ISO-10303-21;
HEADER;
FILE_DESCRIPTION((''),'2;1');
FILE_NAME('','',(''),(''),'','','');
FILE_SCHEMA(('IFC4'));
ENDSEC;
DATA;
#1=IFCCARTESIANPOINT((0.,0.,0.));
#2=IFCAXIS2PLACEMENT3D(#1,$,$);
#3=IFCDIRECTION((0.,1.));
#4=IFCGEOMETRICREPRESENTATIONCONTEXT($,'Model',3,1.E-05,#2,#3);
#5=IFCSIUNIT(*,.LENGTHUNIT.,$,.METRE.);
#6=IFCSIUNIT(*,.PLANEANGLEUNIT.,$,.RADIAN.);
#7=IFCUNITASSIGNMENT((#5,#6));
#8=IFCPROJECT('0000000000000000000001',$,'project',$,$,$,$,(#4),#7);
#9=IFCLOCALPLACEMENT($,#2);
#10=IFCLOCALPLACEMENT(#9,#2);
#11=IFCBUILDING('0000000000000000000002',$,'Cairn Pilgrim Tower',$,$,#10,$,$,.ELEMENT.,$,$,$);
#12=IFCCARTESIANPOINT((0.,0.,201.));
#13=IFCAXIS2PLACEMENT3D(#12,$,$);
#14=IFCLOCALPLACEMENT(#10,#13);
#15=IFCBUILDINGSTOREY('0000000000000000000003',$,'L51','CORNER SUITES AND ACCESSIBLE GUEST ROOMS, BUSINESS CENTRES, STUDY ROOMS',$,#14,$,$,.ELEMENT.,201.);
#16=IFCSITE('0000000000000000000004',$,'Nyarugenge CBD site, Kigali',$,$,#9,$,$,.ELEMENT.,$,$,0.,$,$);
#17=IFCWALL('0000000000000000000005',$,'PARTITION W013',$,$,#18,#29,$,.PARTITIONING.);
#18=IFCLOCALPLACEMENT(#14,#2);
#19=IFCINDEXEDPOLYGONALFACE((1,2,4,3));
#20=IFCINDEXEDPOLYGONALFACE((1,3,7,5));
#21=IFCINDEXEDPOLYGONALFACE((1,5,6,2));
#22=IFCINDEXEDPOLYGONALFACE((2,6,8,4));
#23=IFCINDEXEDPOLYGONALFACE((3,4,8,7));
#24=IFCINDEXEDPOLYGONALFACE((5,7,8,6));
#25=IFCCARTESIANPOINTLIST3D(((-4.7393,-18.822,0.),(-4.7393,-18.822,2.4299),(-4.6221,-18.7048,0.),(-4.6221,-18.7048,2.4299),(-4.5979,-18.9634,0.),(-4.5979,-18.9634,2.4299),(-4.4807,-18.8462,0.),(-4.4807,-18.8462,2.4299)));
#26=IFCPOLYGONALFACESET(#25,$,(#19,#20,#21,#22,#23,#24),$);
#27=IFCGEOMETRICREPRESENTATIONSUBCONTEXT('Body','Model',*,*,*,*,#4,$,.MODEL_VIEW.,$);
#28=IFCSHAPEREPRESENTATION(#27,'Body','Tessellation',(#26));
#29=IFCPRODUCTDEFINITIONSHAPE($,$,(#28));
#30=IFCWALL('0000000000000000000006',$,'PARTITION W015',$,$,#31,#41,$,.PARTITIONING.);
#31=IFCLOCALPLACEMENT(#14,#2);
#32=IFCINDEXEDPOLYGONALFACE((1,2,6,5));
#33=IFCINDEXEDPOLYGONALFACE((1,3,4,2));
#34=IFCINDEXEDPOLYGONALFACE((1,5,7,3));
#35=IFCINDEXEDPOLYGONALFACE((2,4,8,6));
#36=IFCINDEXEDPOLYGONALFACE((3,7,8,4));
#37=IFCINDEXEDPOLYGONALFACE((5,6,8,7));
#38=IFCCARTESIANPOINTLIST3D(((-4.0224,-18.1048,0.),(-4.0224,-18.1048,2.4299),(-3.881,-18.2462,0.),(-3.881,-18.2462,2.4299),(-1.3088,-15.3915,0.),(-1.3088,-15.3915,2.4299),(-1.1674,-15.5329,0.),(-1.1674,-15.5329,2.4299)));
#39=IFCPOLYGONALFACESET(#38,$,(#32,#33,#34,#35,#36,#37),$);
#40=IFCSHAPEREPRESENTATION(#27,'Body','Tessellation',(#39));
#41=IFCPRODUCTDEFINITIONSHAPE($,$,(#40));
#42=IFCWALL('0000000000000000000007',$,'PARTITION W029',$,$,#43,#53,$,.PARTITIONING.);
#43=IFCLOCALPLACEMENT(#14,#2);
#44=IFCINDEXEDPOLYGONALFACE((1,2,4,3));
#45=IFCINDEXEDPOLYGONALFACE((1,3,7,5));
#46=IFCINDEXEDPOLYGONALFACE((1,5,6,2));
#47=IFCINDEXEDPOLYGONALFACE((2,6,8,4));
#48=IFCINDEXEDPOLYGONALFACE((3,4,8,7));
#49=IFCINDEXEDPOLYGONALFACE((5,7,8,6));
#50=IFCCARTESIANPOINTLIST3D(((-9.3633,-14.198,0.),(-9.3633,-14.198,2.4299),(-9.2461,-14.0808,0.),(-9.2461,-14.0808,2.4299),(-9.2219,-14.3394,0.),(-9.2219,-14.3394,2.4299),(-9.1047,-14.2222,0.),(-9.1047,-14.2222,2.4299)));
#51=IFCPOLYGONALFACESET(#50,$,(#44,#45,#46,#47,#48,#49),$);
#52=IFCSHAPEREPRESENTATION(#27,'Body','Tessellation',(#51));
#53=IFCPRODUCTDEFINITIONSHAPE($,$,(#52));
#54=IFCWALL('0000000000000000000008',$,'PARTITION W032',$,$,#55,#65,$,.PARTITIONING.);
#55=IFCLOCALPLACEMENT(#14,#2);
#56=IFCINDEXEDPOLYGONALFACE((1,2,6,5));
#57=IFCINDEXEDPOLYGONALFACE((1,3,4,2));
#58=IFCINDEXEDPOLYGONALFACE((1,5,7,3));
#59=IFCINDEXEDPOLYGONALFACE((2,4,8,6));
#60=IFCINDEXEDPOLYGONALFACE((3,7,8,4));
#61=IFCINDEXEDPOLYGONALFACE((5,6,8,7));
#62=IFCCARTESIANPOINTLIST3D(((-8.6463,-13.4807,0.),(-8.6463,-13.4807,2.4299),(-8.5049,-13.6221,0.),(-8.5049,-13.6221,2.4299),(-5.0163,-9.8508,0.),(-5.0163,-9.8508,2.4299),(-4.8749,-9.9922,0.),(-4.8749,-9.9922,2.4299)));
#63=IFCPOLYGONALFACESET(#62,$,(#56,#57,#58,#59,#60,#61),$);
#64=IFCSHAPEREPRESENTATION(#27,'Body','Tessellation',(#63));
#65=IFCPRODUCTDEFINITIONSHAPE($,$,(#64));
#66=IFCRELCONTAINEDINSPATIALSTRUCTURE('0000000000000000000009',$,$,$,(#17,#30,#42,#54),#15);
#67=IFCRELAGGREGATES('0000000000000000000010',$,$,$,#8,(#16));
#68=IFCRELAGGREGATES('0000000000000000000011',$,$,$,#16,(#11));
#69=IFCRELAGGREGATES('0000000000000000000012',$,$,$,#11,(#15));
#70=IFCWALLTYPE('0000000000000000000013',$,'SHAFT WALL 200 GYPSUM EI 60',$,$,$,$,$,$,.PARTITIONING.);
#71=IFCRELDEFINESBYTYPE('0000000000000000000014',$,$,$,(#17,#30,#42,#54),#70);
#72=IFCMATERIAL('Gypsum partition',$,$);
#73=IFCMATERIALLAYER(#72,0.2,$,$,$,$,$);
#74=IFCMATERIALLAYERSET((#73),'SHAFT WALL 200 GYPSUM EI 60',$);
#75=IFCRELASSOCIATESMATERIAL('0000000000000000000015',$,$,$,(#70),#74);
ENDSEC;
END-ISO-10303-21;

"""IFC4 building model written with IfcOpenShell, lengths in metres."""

from ifc_helpers import new_model, si_unit, direction, frame, frame_2d, origin, place, context, subcontext, project, spatial, rectangle, extrude, material, layer, layer_set, type_object, element, save


model = new_model("IFC4")

# Units and contexts
model_context = context("Model", 3, precision=1e-05, world=origin(), true_north=direction((0.0, 1.0)))
body_context = subcontext(model_context, "Body", "Model", "MODEL_VIEW")
ifc_project = project(units=[si_unit("LENGTHUNIT", "METRE"), si_unit("PLANEANGLEUNIT", "RADIAN")], contexts=[model_context])

# Site, building, storey
site_placement = place(None, origin())
site = spatial("IfcSite", under=ifc_project, at=site_placement, Name="Nyarugenge CBD site, Kigali", CompositionType="ELEMENT", RefElevation=0.0)
building_placement = place(site_placement, origin())
building = spatial("IfcBuilding", under=site, at=building_placement, Name="Cairn Pilgrim Tower", CompositionType="ELEMENT")
storey_placement = place(building_placement, frame((0.0, 0.0, 201.0)))
storey = spatial("IfcBuildingStorey", under=building, at=storey_placement, Name="L51", Description="CORNER SUITES AND ACCESSIBLE GUEST ROOMS, BUSINESS CENTRES, STUDY ROOMS", CompositionType="ELEMENT", Elevation=201.0)

# Walls
ifc_material_1 = material(Name="Gypsum partition")
ifc_layer_1 = layer(ifc_material_1, 0.2)
ifc_layer_set_1 = layer_set([ifc_layer_1], Name="SHAFT WALL 200 GYPSUM EI 60")
wall_type_1 = type_object("IfcWallType", Name="SHAFT WALL 200 GYPSUM EI 60", PredefinedType="PARTITIONING", material=ifc_layer_set_1)
wall_1_placement = place(storey_placement, frame((-4.6687, -18.8928, 0.0), z_axis=(0.0, 0.0, 1.0), x_axis=(0.707107, 0.707107, 0.0)))
element("IfcWall", 1, at=wall_1_placement, inside=storey, type_object=wall_type_1, Name="PARTITION W013", PredefinedType="PARTITIONING", context=body_context, shape_type="SweptSolid", body=[
    extrude(rectangle(XDim=0.1658, YDim=0.2, at=frame_2d((0.083, 0.0))), origin(), (0.0, 0.0, 1.0), 2.4299),
])
wall_2_placement = place(storey_placement, frame((-3.9517, -18.1755, 0.0), z_axis=(0.0, 0.0, 1.0), x_axis=(0.707139, 0.707075, 0.0)))
element("IfcWall", 2, at=wall_2_placement, inside=storey, type_object=wall_type_1, Name="PARTITION W015", PredefinedType="PARTITIONING", context=body_context, shape_type="SweptSolid", body=[
    extrude(rectangle(XDim=3.8374, YDim=0.2, at=frame_2d((1.9187, 0.0))), origin(), (0.0, 0.0, 1.0), 2.4299),
])
wall_3_placement = place(storey_placement, frame((-9.2927, -14.2688, 0.0), z_axis=(0.0, 0.0, 1.0), x_axis=(0.707107, 0.707107, 0.0)))
element("IfcWall", 3, at=wall_3_placement, inside=storey, type_object=wall_type_1, Name="PARTITION W029", PredefinedType="PARTITIONING", context=body_context, shape_type="SweptSolid", body=[
    extrude(rectangle(XDim=0.1658, YDim=0.2, at=frame_2d((0.083, 0.0))), origin(), (0.0, 0.0, 1.0), 2.4299),
])
wall_4_placement = place(storey_placement, frame((-8.5757, -13.5515, 0.0), z_axis=(0.0, 0.0, 1.0), x_axis=(0.707107, 0.707107, 0.0)))
element("IfcWall", 4, at=wall_4_placement, inside=storey, type_object=wall_type_1, Name="PARTITION W032", PredefinedType="PARTITIONING", context=body_context, shape_type="SweptSolid", body=[
    extrude(rectangle(XDim=5.1335, YDim=0.2, at=frame_2d((2.5669, 0.0))), origin(), (0.0, 0.0, 1.0), 2.4299),
])

save(model, "model.ifc")
